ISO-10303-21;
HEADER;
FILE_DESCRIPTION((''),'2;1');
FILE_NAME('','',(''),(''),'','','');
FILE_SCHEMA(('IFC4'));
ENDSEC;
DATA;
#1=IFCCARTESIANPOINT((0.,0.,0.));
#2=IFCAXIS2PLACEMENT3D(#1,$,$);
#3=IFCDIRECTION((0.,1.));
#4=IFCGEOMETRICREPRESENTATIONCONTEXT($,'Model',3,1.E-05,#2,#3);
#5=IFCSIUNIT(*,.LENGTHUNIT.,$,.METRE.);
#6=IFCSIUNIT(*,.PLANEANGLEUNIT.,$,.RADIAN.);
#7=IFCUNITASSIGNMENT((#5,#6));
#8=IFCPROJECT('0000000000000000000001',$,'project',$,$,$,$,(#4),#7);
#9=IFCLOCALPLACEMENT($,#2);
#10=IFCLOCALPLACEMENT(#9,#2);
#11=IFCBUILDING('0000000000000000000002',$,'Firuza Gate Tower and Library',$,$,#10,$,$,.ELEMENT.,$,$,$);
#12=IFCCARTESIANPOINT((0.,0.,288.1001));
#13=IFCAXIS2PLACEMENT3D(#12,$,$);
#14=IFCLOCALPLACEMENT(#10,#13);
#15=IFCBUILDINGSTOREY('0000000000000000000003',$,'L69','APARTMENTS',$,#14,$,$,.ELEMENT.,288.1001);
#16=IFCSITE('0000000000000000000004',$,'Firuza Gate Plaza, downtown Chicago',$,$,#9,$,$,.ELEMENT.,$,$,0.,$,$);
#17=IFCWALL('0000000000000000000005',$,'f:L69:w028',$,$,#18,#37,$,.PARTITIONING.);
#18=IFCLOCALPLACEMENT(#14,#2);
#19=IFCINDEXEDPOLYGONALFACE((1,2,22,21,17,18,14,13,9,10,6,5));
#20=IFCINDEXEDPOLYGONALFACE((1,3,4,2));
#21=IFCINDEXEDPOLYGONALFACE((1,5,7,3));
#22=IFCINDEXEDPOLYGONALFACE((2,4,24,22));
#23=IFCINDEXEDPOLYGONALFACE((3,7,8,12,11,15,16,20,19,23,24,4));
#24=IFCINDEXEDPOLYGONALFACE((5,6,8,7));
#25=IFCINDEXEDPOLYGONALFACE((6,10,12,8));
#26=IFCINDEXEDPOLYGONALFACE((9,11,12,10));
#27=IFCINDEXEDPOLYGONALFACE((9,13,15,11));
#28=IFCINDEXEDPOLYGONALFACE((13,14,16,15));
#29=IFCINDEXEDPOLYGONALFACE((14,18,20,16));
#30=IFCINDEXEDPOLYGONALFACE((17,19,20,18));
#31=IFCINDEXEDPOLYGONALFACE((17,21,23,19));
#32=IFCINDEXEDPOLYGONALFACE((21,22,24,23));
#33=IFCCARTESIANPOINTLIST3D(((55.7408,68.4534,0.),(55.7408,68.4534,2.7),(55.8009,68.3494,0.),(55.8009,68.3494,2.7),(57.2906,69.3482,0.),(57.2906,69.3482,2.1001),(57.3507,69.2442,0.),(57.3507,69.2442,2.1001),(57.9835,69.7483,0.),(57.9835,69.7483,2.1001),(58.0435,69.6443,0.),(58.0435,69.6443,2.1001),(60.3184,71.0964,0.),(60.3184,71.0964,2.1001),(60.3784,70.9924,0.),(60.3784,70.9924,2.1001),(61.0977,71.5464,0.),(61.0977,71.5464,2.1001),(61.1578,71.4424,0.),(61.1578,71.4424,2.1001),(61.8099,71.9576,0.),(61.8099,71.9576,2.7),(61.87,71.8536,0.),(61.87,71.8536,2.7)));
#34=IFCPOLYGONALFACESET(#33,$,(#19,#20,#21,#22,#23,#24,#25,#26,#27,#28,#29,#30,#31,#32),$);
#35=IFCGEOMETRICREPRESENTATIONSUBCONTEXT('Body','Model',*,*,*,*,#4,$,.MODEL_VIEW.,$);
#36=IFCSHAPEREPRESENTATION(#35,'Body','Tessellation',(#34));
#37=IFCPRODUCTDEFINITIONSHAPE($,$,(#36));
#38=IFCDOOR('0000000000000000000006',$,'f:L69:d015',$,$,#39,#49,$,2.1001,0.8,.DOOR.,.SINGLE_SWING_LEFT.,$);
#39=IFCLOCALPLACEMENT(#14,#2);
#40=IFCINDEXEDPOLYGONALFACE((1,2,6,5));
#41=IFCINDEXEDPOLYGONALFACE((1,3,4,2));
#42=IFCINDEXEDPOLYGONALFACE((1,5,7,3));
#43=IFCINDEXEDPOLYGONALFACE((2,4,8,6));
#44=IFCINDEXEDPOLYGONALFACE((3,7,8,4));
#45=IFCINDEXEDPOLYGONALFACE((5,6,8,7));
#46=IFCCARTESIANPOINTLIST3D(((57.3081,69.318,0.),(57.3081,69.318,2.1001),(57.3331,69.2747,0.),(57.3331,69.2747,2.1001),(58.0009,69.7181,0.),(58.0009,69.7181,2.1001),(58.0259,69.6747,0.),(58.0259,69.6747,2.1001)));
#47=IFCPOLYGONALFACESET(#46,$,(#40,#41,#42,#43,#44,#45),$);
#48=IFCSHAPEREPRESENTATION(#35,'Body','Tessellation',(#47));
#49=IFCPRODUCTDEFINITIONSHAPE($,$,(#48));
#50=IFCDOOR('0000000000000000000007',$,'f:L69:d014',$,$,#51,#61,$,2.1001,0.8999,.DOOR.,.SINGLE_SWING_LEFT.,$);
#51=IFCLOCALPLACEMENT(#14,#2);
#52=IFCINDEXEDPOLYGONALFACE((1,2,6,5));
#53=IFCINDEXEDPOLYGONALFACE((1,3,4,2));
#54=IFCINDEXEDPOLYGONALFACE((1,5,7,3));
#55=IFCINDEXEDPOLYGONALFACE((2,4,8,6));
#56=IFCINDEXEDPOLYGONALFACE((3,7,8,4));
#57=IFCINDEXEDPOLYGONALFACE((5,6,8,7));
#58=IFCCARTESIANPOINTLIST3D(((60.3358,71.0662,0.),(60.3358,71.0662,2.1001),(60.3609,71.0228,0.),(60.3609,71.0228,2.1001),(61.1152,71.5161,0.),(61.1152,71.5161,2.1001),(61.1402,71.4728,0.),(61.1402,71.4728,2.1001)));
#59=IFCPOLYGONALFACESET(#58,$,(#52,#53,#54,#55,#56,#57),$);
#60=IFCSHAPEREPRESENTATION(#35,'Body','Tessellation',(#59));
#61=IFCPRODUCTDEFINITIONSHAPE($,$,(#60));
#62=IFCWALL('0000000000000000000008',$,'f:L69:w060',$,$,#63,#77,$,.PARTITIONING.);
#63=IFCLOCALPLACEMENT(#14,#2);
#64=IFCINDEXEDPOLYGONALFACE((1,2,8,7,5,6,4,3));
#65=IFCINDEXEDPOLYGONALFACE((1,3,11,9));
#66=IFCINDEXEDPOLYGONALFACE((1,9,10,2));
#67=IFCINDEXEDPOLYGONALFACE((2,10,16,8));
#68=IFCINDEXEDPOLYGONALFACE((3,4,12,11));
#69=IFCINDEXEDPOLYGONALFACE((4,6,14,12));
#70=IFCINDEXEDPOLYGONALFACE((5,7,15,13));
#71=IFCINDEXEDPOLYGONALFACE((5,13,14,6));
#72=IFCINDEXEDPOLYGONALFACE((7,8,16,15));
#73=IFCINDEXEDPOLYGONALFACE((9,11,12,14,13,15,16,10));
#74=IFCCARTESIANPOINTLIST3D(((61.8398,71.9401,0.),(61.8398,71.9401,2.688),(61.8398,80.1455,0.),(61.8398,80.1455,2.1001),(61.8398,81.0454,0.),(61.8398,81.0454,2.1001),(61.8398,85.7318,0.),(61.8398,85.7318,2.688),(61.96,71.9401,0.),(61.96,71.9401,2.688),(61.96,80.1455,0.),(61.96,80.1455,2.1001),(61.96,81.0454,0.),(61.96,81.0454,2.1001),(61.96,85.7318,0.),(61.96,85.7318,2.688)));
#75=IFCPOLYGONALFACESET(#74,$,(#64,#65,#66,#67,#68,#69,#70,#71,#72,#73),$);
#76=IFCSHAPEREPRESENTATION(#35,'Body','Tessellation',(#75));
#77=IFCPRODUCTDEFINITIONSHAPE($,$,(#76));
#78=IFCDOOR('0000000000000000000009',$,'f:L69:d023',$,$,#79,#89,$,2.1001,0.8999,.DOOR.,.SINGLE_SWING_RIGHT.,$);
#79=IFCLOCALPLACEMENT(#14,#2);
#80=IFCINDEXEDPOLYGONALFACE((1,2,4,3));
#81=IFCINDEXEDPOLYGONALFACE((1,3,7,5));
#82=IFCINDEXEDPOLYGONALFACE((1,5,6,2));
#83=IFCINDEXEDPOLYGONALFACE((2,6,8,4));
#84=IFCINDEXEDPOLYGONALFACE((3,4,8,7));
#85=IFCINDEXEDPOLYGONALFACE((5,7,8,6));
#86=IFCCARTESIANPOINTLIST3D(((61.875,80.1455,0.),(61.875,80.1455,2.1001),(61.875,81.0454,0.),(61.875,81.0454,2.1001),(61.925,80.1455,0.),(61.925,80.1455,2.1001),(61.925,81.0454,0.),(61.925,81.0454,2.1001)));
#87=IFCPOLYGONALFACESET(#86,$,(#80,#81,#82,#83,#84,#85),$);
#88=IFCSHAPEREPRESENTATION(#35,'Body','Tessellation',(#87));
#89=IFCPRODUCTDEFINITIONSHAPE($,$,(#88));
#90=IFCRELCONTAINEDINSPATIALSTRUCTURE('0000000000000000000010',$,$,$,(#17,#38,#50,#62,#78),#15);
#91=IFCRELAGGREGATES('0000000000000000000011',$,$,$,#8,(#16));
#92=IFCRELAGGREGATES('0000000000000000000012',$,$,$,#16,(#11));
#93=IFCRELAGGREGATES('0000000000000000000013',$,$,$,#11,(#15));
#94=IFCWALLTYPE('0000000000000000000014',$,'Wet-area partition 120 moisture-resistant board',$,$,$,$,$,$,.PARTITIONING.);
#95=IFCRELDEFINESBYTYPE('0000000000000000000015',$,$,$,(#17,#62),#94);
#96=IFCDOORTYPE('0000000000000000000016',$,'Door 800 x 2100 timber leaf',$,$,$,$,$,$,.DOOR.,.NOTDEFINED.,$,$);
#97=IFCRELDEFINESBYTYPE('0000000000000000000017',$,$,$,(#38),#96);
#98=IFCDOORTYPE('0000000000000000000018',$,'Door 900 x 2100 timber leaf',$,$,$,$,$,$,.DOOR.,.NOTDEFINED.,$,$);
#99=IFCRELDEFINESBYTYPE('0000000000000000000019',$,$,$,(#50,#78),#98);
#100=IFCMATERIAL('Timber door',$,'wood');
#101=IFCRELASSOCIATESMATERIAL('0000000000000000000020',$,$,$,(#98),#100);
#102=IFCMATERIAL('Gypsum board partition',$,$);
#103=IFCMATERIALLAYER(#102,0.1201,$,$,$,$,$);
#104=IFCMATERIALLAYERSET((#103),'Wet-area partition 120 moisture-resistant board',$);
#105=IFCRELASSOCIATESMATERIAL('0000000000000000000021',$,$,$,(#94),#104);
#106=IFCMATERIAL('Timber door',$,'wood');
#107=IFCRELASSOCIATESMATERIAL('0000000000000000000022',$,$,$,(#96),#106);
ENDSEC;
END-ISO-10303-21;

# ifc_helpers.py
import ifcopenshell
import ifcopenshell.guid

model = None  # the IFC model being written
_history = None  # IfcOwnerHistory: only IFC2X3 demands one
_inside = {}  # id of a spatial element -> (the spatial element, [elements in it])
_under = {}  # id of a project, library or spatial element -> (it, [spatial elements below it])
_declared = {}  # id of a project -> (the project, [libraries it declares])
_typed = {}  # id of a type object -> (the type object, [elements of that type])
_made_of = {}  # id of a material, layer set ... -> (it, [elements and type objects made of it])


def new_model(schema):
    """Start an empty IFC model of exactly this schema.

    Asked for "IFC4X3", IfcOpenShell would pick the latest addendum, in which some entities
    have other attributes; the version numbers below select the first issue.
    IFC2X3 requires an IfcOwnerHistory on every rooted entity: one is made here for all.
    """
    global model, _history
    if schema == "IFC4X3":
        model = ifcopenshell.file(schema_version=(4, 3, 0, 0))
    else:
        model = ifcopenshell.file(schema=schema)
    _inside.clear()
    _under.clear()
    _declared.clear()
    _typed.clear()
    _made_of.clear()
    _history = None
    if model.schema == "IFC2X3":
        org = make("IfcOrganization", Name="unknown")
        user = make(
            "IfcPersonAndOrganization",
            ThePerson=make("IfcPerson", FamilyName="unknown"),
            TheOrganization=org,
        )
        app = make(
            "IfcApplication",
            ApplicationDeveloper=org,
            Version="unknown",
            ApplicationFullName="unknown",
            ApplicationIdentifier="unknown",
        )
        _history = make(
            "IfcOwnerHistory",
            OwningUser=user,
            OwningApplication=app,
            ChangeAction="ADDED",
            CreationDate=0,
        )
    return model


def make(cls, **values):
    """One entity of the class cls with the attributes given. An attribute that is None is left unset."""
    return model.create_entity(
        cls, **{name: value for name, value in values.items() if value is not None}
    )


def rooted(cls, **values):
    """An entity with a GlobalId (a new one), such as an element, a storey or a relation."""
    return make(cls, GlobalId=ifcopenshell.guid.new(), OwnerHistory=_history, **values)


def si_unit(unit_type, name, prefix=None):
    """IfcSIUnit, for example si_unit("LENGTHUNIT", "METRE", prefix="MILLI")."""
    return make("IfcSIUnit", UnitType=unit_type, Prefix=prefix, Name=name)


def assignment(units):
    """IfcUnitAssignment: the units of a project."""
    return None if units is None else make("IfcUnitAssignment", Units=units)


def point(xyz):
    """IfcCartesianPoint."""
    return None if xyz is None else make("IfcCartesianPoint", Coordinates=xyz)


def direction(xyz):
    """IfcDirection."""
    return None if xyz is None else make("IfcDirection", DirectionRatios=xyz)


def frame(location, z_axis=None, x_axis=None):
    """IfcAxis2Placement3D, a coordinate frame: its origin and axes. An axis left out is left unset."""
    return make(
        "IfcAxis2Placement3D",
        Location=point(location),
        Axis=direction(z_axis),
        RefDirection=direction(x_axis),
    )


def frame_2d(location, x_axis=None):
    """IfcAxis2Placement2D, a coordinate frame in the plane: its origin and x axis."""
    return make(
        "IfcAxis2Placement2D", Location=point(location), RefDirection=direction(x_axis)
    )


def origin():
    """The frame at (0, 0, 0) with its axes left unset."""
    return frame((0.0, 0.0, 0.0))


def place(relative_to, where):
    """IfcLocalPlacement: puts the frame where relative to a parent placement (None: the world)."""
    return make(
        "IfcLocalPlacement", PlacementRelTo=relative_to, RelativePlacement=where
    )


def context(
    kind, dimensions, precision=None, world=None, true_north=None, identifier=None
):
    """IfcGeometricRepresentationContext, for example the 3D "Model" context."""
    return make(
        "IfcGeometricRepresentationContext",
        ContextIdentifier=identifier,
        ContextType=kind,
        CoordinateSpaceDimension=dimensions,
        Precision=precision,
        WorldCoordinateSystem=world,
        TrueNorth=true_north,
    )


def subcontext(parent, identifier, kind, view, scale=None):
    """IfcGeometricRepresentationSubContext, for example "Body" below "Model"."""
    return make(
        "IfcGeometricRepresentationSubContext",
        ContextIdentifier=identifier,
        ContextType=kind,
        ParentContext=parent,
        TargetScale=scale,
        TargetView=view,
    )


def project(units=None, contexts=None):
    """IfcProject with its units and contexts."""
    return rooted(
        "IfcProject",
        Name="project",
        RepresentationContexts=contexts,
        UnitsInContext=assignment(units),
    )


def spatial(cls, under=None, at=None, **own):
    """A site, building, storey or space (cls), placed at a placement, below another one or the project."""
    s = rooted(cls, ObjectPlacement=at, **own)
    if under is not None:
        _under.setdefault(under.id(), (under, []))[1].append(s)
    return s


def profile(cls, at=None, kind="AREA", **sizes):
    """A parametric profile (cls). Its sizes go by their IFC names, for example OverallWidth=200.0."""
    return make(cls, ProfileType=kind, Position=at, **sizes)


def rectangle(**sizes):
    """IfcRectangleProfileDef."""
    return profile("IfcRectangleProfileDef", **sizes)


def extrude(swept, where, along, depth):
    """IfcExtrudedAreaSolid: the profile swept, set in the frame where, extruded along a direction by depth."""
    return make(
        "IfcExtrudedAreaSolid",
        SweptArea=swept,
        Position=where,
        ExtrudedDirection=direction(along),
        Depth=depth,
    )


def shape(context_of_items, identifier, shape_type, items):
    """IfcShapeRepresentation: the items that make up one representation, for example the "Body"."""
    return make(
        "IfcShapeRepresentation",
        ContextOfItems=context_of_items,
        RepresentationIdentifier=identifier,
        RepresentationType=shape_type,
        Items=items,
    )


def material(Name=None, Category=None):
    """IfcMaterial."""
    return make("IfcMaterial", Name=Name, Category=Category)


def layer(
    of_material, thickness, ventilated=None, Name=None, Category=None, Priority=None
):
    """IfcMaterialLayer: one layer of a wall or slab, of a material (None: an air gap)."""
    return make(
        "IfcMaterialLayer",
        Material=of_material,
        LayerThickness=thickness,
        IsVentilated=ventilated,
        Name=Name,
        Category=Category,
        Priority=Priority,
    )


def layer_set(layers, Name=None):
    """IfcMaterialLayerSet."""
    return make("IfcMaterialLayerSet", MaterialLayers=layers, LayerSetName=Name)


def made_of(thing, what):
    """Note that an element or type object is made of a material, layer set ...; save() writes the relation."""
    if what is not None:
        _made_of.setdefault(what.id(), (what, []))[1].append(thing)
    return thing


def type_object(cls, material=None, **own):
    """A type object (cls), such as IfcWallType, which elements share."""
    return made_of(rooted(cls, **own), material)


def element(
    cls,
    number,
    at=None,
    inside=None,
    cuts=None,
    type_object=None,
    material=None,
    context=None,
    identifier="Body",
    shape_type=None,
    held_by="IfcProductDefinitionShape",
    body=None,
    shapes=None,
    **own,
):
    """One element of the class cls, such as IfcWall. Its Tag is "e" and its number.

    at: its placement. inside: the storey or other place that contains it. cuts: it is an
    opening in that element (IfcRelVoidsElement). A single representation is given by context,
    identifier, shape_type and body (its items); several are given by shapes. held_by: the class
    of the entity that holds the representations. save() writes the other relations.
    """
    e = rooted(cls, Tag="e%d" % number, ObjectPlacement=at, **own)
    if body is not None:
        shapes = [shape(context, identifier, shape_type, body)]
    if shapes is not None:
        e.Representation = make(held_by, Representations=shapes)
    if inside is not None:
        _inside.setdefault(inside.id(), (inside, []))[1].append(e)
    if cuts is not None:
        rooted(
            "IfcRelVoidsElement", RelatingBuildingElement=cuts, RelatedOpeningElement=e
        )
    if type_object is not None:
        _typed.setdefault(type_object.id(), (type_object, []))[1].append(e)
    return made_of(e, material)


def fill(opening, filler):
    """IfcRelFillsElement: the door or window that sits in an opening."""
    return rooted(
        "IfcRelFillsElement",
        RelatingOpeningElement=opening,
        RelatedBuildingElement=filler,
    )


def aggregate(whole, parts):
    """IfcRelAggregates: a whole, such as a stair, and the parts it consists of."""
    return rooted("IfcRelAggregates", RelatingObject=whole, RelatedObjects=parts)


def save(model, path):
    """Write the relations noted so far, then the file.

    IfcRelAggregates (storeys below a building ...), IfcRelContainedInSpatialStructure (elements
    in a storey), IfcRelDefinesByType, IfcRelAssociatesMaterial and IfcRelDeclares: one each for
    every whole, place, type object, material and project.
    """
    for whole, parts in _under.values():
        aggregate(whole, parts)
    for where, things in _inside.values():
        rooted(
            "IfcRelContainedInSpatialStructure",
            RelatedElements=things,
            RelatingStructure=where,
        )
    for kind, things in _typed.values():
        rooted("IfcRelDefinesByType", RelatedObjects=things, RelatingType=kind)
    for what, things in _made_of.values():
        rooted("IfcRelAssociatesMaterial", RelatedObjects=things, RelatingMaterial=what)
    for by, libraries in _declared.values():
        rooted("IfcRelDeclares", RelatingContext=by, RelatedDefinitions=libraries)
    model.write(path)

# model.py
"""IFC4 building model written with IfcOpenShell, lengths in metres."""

from ifc_helpers import new_model, si_unit, direction, frame, frame_2d, origin, place, context, subcontext, project, spatial, rectangle, extrude, material, layer, layer_set, type_object, element, fill, save


model = new_model("IFC4")

# Units and contexts
model_context = context("Model", 3, precision=1e-05, world=origin(), true_north=direction((0.0, 1.0)))
body_context = subcontext(model_context, "Body", "Model", "MODEL_VIEW")
ifc_project = project(units=[si_unit("LENGTHUNIT", "METRE"), si_unit("PLANEANGLEUNIT", "RADIAN")], contexts=[model_context])

# Site, building, storey
site_placement = place(None, origin())
site = spatial("IfcSite", under=ifc_project, at=site_placement, Name="Firuza Gate Plaza, downtown Chicago", CompositionType="ELEMENT", RefElevation=0.0)
building_placement = place(site_placement, origin())
building = spatial("IfcBuilding", under=site, at=building_placement, Name="Firuza Gate Tower and Library", CompositionType="ELEMENT")
storey_placement = place(building_placement, frame((0.0, 0.0, 288.1001)))
storey = spatial("IfcBuildingStorey", under=building, at=storey_placement, Name="L69", Description="APARTMENTS", CompositionType="ELEMENT", Elevation=288.1001)

# Shared definitions
ifc_material_1 = material(Name="Timber door", Category="wood")
door_type_1 = type_object("IfcDoorType", Name="Door 900 x 2100 timber leaf", OperationType="NOTDEFINED", PredefinedType="DOOR", material=ifc_material_1)

# Wall, openings, doors
ifc_material_2 = material(Name="Gypsum board partition")
ifc_layer_1 = layer(ifc_material_2, 0.1201)
ifc_layer_set_1 = layer_set([ifc_layer_1], Name="Wet-area partition 120 moisture-resistant board")
wall_type_1 = type_object("IfcWallType", Name="Wet-area partition 120 moisture-resistant board", PredefinedType="PARTITIONING", material=ifc_layer_set_1)
wall_1_placement = place(storey_placement, frame((61.8398, 71.9055, 0.0), z_axis=(0.0, 0.0, 1.0), x_axis=(-0.866016, -0.500017, 0.0)))
wall_1 = element("IfcWall", 1, at=wall_1_placement, inside=storey, type_object=wall_type_1, Name="f:L69:w028", PredefinedType="PARTITIONING", context=body_context, shape_type="SweptSolid", body=[
    extrude(rectangle(XDim=7.0081, YDim=0.1201, at=frame_2d((3.5039, 0.0))), origin(), (0.0, 0.0, 1.0), 2.7),
])
opening_1_placement = place(wall_1_placement, frame((0.8223, 0.0, 0.0)))
opening_1 = element("IfcOpeningElement", 2, at=opening_1_placement, cuts=wall_1, PredefinedType="OPENING", context=body_context, shape_type="SweptSolid", body=[
    extrude(rectangle(XDim=0.8999, YDim=2.1001, at=frame_2d((0.45, 1.05))), frame((0.0, 0.0701, 0.0), z_axis=(0.0, -1.0, 0.0), x_axis=(1.0, 0.0, 0.0)), (0.0, 0.0, 1.0), 0.1401),
])
opening_2_placement = place(wall_1_placement, frame((4.4185, 0.0, 0.0)))
opening_2 = element("IfcOpeningElement", 3, at=opening_2_placement, cuts=wall_1, PredefinedType="OPENING", context=body_context, shape_type="SweptSolid", body=[
    extrude(rectangle(XDim=0.8, YDim=2.1001, at=frame_2d((0.3999, 1.05))), frame((0.0, 0.0701, 0.0), z_axis=(0.0, -1.0, 0.0), x_axis=(1.0, 0.0, 0.0)), (0.0, 0.0, 1.0), 0.1401),
])
ifc_material_3 = material(Name="Timber door", Category="wood")
door_type_2 = type_object("IfcDoorType", Name="Door 800 x 2100 timber leaf", OperationType="NOTDEFINED", PredefinedType="DOOR", material=ifc_material_3)
door_1_placement = place(opening_2_placement, origin())
door_1 = element("IfcDoor", 4, at=door_1_placement, inside=storey, type_object=door_type_2, Name="f:L69:d015", OperationType="SINGLE_SWING_LEFT", OverallHeight=2.1001, OverallWidth=0.8, PredefinedType="DOOR", context=body_context, shape_type="SweptSolid", body=[
    extrude(rectangle(XDim=0.8, YDim=2.1001, at=frame_2d((0.3999, 1.05))), frame((0.0, 0.0249, 0.0), z_axis=(0.0, -1.0, 0.0), x_axis=(1.0, 0.0, 0.0)), (0.0, 0.0, 1.0), 0.05),
])
fill(opening_2, door_1)
door_2_placement = place(opening_1_placement, origin())
door_2 = element("IfcDoor", 5, at=door_2_placement, inside=storey, type_object=door_type_1, Name="f:L69:d014", OperationType="SINGLE_SWING_LEFT", OverallHeight=2.1001, OverallWidth=0.8999, PredefinedType="DOOR", context=body_context, shape_type="SweptSolid", body=[
    extrude(rectangle(XDim=0.8999, YDim=2.1001, at=frame_2d((0.45, 1.05))), frame((0.0, 0.0249, 0.0), z_axis=(0.0, -1.0, 0.0), x_axis=(1.0, 0.0, 0.0)), (0.0, 0.0, 1.0), 0.05),
])
fill(opening_1, door_2)

# Wall, opening, door
wall_2_placement = place(storey_placement, frame((61.8999, 71.9399, 0.0), z_axis=(0.0, 0.0, 1.0), x_axis=(0.0, 1.0, 0.0)))
wall_2 = element("IfcWall", 6, at=wall_2_placement, inside=storey, type_object=wall_type_1, Name="f:L69:w060", PredefinedType="PARTITIONING", context=body_context, shape_type="SweptSolid", body=[
    extrude(rectangle(XDim=13.7917, YDim=0.1201, at=frame_2d((6.896, 0.0))), origin(), (0.0, 0.0, 1.0), 2.688),
])
opening_3_placement = place(wall_2_placement, frame((8.2056, 0.0, 0.0)))
opening_3 = element("IfcOpeningElement", 7, at=opening_3_placement, cuts=wall_2, PredefinedType="OPENING", context=body_context, shape_type="SweptSolid", body=[
    extrude(rectangle(XDim=0.8999, YDim=2.1001, at=frame_2d((0.45, 1.05))), frame((0.0, 0.0701, 0.0), z_axis=(0.0, -1.0, 0.0), x_axis=(1.0, 0.0, 0.0)), (0.0, 0.0, 1.0), 0.1401),
])
door_3_placement = place(opening_3_placement, origin())
door_3 = element("IfcDoor", 8, at=door_3_placement, inside=storey, type_object=door_type_1, Name="f:L69:d023", OperationType="SINGLE_SWING_RIGHT", OverallHeight=2.1001, OverallWidth=0.8999, PredefinedType="DOOR", context=body_context, shape_type="SweptSolid", body=[
    extrude(rectangle(XDim=0.8999, YDim=2.1001, at=frame_2d((0.45, 1.05))), frame((0.0, 0.0249, 0.0), z_axis=(0.0, -1.0, 0.0), x_axis=(1.0, 0.0, 0.0)), (0.0, 0.0, 1.0), 0.05),
])
fill(opening_3, door_3)

save(model, "model.ifc")
